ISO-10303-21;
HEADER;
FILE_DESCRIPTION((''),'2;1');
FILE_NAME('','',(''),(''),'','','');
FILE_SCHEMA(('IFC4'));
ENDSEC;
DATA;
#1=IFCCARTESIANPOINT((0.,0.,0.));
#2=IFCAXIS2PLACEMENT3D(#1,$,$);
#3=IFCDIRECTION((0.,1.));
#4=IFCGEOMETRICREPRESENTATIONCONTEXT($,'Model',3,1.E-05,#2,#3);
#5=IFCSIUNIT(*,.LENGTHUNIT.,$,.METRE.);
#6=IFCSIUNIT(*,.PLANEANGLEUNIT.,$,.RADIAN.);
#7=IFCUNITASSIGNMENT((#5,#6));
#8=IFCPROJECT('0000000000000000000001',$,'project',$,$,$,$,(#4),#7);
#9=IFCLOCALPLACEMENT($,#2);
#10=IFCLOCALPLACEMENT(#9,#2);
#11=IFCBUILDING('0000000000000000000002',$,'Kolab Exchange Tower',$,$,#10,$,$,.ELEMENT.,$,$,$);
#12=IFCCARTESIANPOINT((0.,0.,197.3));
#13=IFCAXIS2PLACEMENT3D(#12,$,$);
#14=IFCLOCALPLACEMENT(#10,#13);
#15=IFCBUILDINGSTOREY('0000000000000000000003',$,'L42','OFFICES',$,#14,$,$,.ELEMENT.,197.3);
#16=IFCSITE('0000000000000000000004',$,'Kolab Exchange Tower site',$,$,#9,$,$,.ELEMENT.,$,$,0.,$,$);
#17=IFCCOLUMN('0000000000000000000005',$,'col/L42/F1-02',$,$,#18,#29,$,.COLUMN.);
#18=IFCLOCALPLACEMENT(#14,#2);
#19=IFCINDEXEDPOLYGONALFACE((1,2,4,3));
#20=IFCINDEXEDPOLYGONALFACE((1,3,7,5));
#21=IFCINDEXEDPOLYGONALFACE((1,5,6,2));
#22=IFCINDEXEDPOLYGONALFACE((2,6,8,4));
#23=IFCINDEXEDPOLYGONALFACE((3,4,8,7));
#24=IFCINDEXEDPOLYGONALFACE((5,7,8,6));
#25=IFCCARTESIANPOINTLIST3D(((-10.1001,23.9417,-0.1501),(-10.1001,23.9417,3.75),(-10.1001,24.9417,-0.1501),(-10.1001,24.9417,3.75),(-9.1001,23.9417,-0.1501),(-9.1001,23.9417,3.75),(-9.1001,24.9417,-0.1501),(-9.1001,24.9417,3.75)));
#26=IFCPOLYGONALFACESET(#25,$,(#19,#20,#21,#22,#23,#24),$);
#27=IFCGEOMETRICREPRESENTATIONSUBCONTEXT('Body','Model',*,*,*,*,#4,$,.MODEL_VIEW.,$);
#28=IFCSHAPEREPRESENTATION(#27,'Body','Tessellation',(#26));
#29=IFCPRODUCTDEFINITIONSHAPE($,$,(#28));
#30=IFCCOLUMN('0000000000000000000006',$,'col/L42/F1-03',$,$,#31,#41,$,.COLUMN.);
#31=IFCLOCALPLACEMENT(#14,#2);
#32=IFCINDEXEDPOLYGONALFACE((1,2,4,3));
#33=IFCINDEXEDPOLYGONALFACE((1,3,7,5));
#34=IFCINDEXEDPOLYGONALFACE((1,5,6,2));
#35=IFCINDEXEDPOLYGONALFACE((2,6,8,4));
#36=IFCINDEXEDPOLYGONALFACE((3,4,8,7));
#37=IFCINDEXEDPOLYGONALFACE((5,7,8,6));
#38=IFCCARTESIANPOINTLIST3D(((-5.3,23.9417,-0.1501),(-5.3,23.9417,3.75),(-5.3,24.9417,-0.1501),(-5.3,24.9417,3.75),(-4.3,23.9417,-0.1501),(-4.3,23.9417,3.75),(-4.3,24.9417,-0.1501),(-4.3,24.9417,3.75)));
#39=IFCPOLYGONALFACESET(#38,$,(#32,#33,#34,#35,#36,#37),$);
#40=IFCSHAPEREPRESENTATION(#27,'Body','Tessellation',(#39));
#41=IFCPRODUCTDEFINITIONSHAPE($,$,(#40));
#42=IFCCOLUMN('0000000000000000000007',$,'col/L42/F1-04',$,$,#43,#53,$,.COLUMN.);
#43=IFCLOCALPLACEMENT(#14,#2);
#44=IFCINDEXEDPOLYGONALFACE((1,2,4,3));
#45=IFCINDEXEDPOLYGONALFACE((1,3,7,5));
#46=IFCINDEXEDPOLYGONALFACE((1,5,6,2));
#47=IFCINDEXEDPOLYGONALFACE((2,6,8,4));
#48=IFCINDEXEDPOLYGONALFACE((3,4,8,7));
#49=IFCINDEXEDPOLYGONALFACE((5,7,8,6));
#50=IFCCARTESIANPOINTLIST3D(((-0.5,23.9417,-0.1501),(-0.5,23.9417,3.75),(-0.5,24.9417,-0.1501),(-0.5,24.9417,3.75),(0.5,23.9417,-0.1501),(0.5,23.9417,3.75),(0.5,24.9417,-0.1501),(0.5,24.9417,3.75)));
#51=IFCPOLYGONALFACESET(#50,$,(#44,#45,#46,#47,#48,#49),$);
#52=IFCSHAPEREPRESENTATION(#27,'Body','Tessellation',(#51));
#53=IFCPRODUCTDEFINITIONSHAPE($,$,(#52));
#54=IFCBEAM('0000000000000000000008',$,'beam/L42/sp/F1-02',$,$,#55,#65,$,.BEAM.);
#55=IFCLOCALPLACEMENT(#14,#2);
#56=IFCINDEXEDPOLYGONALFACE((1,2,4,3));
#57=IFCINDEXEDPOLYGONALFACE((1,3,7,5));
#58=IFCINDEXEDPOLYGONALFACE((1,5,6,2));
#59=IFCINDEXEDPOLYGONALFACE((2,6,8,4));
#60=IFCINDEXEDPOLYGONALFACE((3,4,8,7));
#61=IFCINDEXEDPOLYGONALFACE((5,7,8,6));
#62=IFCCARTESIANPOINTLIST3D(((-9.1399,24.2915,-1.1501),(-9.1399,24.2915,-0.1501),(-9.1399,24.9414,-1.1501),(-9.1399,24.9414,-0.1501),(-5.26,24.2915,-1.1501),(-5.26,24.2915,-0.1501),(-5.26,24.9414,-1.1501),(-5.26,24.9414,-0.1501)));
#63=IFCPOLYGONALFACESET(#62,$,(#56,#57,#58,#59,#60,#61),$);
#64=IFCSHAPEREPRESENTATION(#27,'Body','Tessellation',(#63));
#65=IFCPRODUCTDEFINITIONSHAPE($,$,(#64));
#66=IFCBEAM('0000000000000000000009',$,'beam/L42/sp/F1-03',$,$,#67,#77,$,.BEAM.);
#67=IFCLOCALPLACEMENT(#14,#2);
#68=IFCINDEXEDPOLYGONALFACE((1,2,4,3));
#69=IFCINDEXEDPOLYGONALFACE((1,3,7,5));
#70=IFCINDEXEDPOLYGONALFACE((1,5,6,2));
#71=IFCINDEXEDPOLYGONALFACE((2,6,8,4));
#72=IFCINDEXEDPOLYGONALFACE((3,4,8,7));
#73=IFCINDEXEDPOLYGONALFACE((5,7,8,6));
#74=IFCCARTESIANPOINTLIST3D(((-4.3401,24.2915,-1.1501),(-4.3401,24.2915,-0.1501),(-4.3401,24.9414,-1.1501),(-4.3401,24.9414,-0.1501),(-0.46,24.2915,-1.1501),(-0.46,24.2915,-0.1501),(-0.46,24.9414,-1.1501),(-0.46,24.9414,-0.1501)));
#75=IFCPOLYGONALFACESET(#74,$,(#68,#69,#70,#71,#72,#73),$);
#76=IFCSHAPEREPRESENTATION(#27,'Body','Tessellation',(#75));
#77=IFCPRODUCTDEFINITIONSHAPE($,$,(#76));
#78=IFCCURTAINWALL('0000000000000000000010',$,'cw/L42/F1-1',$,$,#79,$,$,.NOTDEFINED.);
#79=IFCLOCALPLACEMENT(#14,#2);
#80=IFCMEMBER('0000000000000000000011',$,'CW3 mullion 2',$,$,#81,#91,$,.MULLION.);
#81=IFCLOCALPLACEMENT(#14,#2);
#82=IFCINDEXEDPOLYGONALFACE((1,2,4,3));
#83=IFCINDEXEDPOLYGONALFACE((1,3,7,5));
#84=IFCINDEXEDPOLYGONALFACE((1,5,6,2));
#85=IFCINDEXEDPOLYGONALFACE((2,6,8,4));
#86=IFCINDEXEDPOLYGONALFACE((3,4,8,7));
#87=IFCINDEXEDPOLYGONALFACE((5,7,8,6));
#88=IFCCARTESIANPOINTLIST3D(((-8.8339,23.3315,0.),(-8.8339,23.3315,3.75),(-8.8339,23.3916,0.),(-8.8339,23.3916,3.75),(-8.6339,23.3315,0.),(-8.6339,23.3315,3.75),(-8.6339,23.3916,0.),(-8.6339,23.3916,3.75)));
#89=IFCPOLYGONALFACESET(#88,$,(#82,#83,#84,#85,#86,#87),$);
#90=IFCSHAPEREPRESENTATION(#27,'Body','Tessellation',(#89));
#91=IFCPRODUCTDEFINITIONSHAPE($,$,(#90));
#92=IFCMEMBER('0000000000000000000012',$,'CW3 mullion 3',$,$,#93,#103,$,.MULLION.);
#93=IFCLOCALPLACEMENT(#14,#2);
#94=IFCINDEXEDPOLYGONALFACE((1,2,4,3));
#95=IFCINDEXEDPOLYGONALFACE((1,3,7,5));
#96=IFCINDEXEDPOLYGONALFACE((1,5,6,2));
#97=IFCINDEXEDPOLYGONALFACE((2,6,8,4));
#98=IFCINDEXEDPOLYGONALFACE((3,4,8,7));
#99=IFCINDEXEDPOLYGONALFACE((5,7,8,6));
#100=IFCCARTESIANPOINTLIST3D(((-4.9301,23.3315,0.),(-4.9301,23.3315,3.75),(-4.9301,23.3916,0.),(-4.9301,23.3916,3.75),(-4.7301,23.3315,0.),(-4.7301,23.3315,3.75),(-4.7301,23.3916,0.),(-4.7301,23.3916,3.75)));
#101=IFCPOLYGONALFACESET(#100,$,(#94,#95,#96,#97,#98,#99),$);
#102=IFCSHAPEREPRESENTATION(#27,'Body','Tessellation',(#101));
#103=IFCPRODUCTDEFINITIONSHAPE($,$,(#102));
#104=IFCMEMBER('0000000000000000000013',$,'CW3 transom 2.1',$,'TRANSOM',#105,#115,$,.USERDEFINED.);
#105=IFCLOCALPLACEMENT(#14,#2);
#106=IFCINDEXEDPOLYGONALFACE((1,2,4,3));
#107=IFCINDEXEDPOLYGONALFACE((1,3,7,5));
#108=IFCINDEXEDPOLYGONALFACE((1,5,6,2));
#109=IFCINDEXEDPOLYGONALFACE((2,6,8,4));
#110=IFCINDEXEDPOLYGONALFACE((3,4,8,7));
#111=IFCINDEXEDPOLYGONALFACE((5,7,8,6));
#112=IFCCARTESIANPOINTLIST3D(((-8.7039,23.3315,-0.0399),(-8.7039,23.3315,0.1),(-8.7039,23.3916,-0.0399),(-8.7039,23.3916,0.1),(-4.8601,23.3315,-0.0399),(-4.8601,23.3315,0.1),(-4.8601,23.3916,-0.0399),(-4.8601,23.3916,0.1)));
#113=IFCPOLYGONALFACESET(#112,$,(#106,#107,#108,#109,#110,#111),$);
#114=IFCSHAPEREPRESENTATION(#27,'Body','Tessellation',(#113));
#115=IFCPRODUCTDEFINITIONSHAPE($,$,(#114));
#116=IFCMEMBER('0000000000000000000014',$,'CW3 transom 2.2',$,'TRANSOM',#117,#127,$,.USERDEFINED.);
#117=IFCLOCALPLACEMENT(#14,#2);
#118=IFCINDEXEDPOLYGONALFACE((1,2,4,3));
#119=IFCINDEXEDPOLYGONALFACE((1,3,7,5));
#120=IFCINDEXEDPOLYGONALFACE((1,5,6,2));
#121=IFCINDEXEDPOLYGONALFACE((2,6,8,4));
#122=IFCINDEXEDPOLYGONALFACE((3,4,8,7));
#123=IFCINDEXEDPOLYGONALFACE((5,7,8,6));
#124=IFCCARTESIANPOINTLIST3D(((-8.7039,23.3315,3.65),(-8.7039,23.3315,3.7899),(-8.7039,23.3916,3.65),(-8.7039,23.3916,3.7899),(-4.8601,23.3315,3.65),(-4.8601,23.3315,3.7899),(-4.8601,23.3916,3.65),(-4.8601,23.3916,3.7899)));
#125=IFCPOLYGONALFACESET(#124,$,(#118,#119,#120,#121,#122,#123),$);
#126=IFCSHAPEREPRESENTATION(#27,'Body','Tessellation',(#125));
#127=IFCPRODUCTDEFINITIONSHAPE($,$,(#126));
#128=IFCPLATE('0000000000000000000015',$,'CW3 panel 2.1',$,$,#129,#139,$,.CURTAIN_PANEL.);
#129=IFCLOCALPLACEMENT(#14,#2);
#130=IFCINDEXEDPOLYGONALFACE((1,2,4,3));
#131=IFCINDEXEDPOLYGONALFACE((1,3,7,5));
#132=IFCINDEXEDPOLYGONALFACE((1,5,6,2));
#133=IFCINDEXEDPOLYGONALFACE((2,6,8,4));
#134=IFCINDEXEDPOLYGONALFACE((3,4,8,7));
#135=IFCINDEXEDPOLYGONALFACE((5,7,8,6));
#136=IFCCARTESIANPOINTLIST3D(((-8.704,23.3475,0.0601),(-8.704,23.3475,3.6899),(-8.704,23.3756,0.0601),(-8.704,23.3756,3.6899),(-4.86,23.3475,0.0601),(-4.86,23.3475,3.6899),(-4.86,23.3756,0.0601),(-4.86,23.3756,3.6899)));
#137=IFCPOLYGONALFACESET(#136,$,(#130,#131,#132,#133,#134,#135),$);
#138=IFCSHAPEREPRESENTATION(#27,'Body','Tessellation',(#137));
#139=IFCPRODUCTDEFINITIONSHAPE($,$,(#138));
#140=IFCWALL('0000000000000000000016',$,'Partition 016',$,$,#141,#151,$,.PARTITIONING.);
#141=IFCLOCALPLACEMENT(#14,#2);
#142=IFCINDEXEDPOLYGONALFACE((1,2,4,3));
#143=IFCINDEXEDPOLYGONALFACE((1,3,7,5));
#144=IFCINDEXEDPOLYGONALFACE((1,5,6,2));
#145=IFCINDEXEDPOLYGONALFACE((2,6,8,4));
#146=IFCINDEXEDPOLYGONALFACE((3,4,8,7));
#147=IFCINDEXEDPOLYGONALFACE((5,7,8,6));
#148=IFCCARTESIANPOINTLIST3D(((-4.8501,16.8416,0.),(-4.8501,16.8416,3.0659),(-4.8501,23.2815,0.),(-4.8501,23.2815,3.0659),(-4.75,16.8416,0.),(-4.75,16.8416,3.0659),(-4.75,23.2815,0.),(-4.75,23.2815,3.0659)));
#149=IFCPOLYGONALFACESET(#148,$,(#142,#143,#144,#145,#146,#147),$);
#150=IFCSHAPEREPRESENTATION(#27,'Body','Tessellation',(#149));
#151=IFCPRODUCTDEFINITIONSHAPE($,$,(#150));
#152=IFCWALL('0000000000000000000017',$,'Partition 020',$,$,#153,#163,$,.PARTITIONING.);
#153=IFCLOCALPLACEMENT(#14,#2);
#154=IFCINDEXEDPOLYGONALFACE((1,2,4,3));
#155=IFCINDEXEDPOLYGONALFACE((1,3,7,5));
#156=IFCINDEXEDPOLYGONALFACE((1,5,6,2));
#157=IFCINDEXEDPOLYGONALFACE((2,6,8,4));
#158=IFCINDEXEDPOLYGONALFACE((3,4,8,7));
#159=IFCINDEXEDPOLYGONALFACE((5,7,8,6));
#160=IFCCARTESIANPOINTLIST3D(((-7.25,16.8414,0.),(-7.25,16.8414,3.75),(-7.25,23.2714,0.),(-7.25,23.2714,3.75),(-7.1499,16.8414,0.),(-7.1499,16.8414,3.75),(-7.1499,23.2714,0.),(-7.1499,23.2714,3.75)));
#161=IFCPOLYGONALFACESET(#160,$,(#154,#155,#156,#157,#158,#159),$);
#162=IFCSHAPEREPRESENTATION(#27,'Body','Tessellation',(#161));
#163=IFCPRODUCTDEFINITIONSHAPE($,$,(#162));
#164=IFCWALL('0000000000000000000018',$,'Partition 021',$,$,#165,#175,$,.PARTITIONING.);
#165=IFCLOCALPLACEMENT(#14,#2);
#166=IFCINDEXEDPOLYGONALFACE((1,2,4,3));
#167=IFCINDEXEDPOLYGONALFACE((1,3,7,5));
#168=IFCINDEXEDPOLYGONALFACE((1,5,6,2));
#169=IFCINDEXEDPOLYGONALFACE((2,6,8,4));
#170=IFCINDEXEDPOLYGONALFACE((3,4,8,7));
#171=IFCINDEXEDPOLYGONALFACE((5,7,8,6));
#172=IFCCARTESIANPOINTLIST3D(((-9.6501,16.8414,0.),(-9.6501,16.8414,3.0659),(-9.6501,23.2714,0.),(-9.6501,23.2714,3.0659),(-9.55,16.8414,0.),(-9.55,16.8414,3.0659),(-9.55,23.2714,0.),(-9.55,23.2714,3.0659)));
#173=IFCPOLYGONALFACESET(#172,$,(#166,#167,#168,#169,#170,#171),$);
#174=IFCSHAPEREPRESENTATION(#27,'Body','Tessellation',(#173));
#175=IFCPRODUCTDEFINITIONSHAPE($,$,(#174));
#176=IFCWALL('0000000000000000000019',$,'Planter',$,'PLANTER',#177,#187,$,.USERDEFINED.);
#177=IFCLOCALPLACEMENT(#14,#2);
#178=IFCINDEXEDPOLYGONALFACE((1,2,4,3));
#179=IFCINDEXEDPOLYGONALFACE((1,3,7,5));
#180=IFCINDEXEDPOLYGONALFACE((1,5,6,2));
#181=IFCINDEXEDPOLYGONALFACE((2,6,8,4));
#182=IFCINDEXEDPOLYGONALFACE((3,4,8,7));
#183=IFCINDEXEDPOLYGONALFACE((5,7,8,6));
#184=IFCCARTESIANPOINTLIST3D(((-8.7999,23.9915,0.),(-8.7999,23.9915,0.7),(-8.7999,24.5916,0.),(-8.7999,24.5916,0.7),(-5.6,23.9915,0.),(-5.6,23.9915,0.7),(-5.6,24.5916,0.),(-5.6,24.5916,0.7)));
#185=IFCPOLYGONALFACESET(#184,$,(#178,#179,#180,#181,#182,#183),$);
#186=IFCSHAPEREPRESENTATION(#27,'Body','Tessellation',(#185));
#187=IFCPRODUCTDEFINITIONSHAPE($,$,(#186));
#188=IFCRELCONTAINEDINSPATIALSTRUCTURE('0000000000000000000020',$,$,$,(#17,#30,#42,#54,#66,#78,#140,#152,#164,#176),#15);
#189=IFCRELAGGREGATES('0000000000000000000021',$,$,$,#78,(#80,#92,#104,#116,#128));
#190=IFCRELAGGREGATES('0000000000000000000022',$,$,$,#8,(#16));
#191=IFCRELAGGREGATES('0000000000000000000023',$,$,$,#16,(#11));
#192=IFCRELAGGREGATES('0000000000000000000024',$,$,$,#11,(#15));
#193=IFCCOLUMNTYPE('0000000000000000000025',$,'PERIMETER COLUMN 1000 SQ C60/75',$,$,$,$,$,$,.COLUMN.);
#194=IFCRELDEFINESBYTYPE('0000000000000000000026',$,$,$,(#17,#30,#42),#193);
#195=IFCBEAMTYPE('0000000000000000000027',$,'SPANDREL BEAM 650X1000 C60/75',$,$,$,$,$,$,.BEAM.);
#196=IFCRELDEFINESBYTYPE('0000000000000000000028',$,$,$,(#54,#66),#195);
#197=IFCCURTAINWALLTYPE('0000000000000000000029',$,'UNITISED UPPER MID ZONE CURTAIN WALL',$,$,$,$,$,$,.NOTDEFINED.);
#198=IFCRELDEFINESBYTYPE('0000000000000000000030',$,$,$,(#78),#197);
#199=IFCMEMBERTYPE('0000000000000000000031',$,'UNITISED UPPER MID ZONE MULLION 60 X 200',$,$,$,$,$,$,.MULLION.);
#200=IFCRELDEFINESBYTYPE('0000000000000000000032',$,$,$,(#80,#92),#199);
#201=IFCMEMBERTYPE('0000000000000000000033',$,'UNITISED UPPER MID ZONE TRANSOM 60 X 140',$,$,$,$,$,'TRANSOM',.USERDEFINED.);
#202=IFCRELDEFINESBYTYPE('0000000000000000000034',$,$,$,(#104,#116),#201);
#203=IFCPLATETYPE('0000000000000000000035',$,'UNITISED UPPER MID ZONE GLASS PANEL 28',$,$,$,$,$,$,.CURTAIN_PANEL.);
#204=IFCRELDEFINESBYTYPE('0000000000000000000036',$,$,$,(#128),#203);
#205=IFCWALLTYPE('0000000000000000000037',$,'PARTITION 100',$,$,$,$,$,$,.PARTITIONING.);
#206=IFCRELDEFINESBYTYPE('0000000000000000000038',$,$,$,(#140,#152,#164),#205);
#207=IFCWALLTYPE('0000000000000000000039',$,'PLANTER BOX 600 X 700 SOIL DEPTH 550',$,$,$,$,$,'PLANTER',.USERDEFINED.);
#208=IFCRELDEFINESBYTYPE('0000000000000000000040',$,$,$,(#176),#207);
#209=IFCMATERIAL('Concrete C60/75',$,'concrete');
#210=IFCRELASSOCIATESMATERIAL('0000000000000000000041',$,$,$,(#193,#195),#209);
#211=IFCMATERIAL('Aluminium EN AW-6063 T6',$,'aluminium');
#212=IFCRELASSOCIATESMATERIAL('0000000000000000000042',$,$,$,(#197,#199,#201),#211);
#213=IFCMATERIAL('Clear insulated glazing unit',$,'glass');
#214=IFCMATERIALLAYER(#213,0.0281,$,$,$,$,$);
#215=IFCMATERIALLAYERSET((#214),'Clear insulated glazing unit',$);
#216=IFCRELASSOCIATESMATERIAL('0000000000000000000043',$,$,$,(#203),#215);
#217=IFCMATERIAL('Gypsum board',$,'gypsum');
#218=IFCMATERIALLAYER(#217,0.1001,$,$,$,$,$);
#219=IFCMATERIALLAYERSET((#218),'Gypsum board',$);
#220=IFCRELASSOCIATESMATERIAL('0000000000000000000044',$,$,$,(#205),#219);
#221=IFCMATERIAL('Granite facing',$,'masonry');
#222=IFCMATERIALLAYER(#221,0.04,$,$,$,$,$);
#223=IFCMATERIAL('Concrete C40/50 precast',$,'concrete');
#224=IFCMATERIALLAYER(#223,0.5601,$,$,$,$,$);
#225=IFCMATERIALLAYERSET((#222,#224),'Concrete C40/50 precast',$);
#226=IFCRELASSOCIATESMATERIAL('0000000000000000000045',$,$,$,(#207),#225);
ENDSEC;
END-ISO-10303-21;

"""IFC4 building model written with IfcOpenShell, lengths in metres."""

from ifc_helpers import new_model, si_unit, direction, frame, frame_2d, origin, origin_2d, place, context, subcontext, project, spatial, rectangle, extrude, material, layer, layer_set, material_profile, profile_set, type_object, element, aggregate, save


model = new_model("IFC4")

# Units and contexts
model_context = context("Model", 3, precision=1e-05, world=origin(), true_north=direction((0.0, 1.0)))
body_context = subcontext(model_context, "Body", "Model", "MODEL_VIEW")
ifc_project = project(units=[si_unit("LENGTHUNIT", "METRE"), si_unit("PLANEANGLEUNIT", "RADIAN")], contexts=[model_context])

# Site, building, storey
site_placement = place(None, origin())
site = spatial("IfcSite", under=ifc_project, at=site_placement, Name="Kolab Exchange Tower site", CompositionType="ELEMENT", RefElevation=0.0)
building_placement = place(site_placement, origin())
building = spatial("IfcBuilding", under=site, at=building_placement, Name="Kolab Exchange Tower", CompositionType="ELEMENT")
storey_placement = place(building_placement, frame((0.0, 0.0, 197.3)))
storey = spatial("IfcBuildingStorey", under=building, at=storey_placement, Name="L42", Description="OFFICES", CompositionType="ELEMENT", Elevation=197.3)

# Columns
ifc_material_1 = material(Name="Concrete C60/75", Category="concrete")
ifc_material_profile_1 = material_profile(ifc_material_1, rectangle(XDim=1.0, YDim=1.0, at=origin_2d()), Name="RC1000")
ifc_profile_set_1 = profile_set([ifc_material_profile_1], Name="Concrete C60/75")
column_type = type_object("IfcColumnType", Name="PERIMETER COLUMN 1000 SQ C60/75", PredefinedType="COLUMN", material=ifc_profile_set_1)
for number, where, z_axis, x_axis, name in (
    (1, (-9.6001, 24.4417, -0.1501), (0.0, 0.0, 1.0), (1.0, 0.0, 0.0), "col/L42/F1-02"),
    (2, (-4.8, 24.4417, -0.1501), (0.0, 0.0, 1.0), (1.0, 0.0, 0.0), "col/L42/F1-03"),
    (3, (0.0, 24.4417, -0.1501), (0.0, 0.0, 1.0), (1.0, 0.0, 0.0), "col/L42/F1-04"),
):
    element("IfcColumn", number, at=place(storey_placement, frame(where, z_axis=z_axis, x_axis=x_axis)), inside=storey, type_object=column_type, Name=name, PredefinedType="COLUMN", context=body_context, shape_type="SweptSolid", body=[
        extrude(rectangle(XDim=1.0, YDim=1.0, at=origin_2d()), origin(), (0.0, 0.0, 1.0), 3.9001),
    ])

# Beams
ifc_material_profile_2 = material_profile(ifc_material_1, rectangle(XDim=0.6499, YDim=1.0, at=origin_2d()), Name="RC650X1000")
ifc_profile_set_2 = profile_set([ifc_material_profile_2], Name="Concrete C60/75")
beam_type = type_object("IfcBeamType", Name="SPANDREL BEAM 650X1000 C60/75", PredefinedType="BEAM", material=ifc_profile_set_2)
beam_1_placement = place(storey_placement, frame((-9.1399, 24.6165, -0.6501), z_axis=(1.0, 0.0, 0.0), x_axis=(0.0, 1.0, 0.0)))
element("IfcBeam", 4, at=beam_1_placement, inside=storey, type_object=beam_type, Name="beam/L42/sp/F1-02", PredefinedType="BEAM", context=body_context, shape_type="SweptSolid", body=[
    extrude(rectangle(XDim=0.6499, YDim=1.0, at=origin_2d()), origin(), (0.0, 0.0, 1.0), 3.8799),
])
beam_2_placement = place(storey_placement, frame((-4.3401, 24.6165, -0.6501), z_axis=(1.0, 0.0, 0.0), x_axis=(0.0, 1.0, 0.0)))
element("IfcBeam", 5, at=beam_2_placement, inside=storey, type_object=beam_type, Name="beam/L42/sp/F1-03", PredefinedType="BEAM", context=body_context, shape_type="SweptSolid", body=[
    extrude(rectangle(XDim=0.6499, YDim=1.0, at=origin_2d()), origin(), (0.0, 0.0, 1.0), 3.8801),
])

# Curtain wall, members, plate
ifc_material_2 = material(Name="Aluminium EN AW-6063 T6", Category="aluminium")
curtain_wall_type = type_object("IfcCurtainWallType", Name="UNITISED UPPER MID ZONE CURTAIN WALL", PredefinedType="NOTDEFINED", material=ifc_material_2)
curtain_wall_placement = place(storey_placement, origin())
curtain_wall = element("IfcCurtainWall", 6, at=curtain_wall_placement, inside=storey, type_object=curtain_wall_type, Name="cw/L42/F1-1", PredefinedType="NOTDEFINED")
ifc_material_profile_3 = material_profile(ifc_material_2, rectangle(XDim=0.0601, YDim=0.2, at=origin_2d()), Name="RECT 60X200")
ifc_profile_set_3 = profile_set([ifc_material_profile_3], Name="Aluminium EN AW-6063 T6")
member_type_1 = type_object("IfcMemberType", Name="UNITISED UPPER MID ZONE MULLION 60 X 200", PredefinedType="MULLION", material=ifc_profile_set_3)
member_1_placement = place(storey_placement, frame((-8.7339, 23.3616, 0.0), z_axis=(0.0, 0.0, 1.0), x_axis=(0.0, 1.0, 0.0)))
member_1 = element("IfcMember", 7, at=member_1_placement, type_object=member_type_1, Name="CW3 mullion 2", PredefinedType="MULLION", context=body_context, shape_type="SweptSolid", body=[
    extrude(rectangle(XDim=0.0601, YDim=0.2, at=origin_2d()), origin(), (0.0, 0.0, 1.0), 3.75),
])
member_2_placement = place(storey_placement, frame((-4.8301, 23.3616, 0.0), z_axis=(0.0, 0.0, 1.0), x_axis=(0.0, 1.0, 0.0)))
member_2 = element("IfcMember", 8, at=member_2_placement, type_object=member_type_1, Name="CW3 mullion 3", PredefinedType="MULLION", context=body_context, shape_type="SweptSolid", body=[
    extrude(rectangle(XDim=0.0601, YDim=0.2, at=origin_2d()), origin(), (0.0, 0.0, 1.0), 3.75),
])
ifc_material_profile_4 = material_profile(ifc_material_2, rectangle(XDim=0.0601, YDim=0.1399, at=origin_2d()), Name="RECT 60X140")
ifc_profile_set_4 = profile_set([ifc_material_profile_4], Name="Aluminium EN AW-6063 T6")
member_type_2 = type_object("IfcMemberType", Name="UNITISED UPPER MID ZONE TRANSOM 60 X 140", ElementType="TRANSOM", PredefinedType="USERDEFINED", material=ifc_profile_set_4)
member_3_placement = place(storey_placement, frame((-8.7039, 23.3616, 0.03), z_axis=(1.0, 0.0, 0.0), x_axis=(0.0, 1.0, 0.0)))
member_3 = element("IfcMember", 9, at=member_3_placement, type_object=member_type_2, Name="CW3 transom 2.1", ObjectType="TRANSOM", PredefinedType="USERDEFINED", context=body_context, shape_type="SweptSolid", body=[
    extrude(rectangle(XDim=0.0601, YDim=0.1399, at=origin_2d()), origin(), (0.0, 0.0, 1.0), 3.8438),
])
member_4_placement = place(storey_placement, frame((-8.7039, 23.3616, 3.72), z_axis=(1.0, 0.0, 0.0), x_axis=(0.0, 1.0, 0.0)))
member_4 = element("IfcMember", 10, at=member_4_placement, type_object=member_type_2, Name="CW3 transom 2.2", ObjectType="TRANSOM", PredefinedType="USERDEFINED", context=body_context, shape_type="SweptSolid", body=[
    extrude(rectangle(XDim=0.0601, YDim=0.1399, at=origin_2d()), origin(), (0.0, 0.0, 1.0), 3.8438),
])
ifc_material_3 = material(Name="Clear insulated glazing unit", Category="glass")
ifc_layer_1 = layer(ifc_material_3, 0.0281)
ifc_layer_set_1 = layer_set([ifc_layer_1], Name="Clear insulated glazing unit")
plate_type = type_object("IfcPlateType", Name="UNITISED UPPER MID ZONE GLASS PANEL 28", PredefinedType="CURTAIN_PANEL", material=ifc_layer_set_1)
plate_placement = place(storey_placement, frame((-6.782, 23.3616, 0.0601), z_axis=(0.0, 0.0, 1.0), x_axis=(1.0, 0.0, 0.0)))
plate = element("IfcPlate", 11, at=plate_placement, type_object=plate_type, Name="CW3 panel 2.1", PredefinedType="CURTAIN_PANEL", context=body_context, shape_type="SweptSolid", body=[
    extrude(rectangle(XDim=3.844, YDim=0.0281, at=origin_2d()), origin(), (0.0, 0.0, 1.0), 3.6299),
])
aggregate(curtain_wall, [member_1, member_2, member_3, member_4, plate])

# Walls
ifc_material_4 = material(Name="Gypsum board", Category="gypsum")
ifc_layer_2 = layer(ifc_material_4, 0.1001)
ifc_layer_set_2 = layer_set([ifc_layer_2], Name="Gypsum board")
wall_type_1 = type_object("IfcWallType", Name="PARTITION 100", PredefinedType="PARTITIONING", material=ifc_layer_set_2)
wall_1_placement = place(storey_placement, frame((-4.8, 16.8416, 0.0), z_axis=(0.0, 0.0, 1.0), x_axis=(0.0, 1.0, 0.0)))
element("IfcWall", 12, at=wall_1_placement, inside=storey, type_object=wall_type_1, Name="Partition 016", PredefinedType="PARTITIONING", context=body_context, shape_type="SweptSolid", body=[
    extrude(rectangle(XDim=6.4399, YDim=0.1001, at=frame_2d((3.22, 0.0))), origin(), (0.0, 0.0, 1.0), 3.0659),
])
wall_2_placement = place(storey_placement, frame((-7.2, 16.8416, 0.0), z_axis=(0.0, 0.0, 1.0), x_axis=(0.0, 1.0, 0.0)))
element("IfcWall", 13, at=wall_2_placement, inside=storey, type_object=wall_type_1, Name="Partition 020", PredefinedType="PARTITIONING", context=body_context, shape_type="SweptSolid", body=[
    extrude(rectangle(XDim=6.4299, YDim=0.1001, at=frame_2d((3.2148, 0.0))), origin(), (0.0, 0.0, 1.0), 3.75),
])
wall_3_placement = place(storey_placement, frame((-9.6001, 16.8416, 0.0), z_axis=(0.0, 0.0, 1.0), x_axis=(0.0, 1.0, 0.0)))
element("IfcWall", 14, at=wall_3_placement, inside=storey, type_object=wall_type_1, Name="Partition 021", PredefinedType="PARTITIONING", context=body_context, shape_type="SweptSolid", body=[
    extrude(rectangle(XDim=6.4299, YDim=0.1001, at=frame_2d((3.2148, 0.0))), origin(), (0.0, 0.0, 1.0), 3.0659),
])
ifc_material_5 = material(Name="Granite facing", Category="masonry")
ifc_layer_3 = layer(ifc_material_5, 0.04)
ifc_material_6 = material(Name="Concrete C40/50 precast", Category="concrete")
ifc_layer_4 = layer(ifc_material_6, 0.5601)
ifc_layer_set_3 = layer_set([ifc_layer_3, ifc_layer_4], Name="Concrete C40/50 precast")
wall_type_2 = type_object("IfcWallType", Name="PLANTER BOX 600 X 700 SOIL DEPTH 550", ElementType="PLANTER", PredefinedType="USERDEFINED", material=ifc_layer_set_3)
wall_4_placement = place(storey_placement, frame((-8.8, 24.2915, 0.0), z_axis=(0.0, 0.0, 1.0), x_axis=(1.0, 0.0, 0.0)))
element("IfcWall", 15, at=wall_4_placement, inside=storey, type_object=wall_type_2, Name="Planter", ObjectType="PLANTER", PredefinedType="USERDEFINED", context=body_context, shape_type="SweptSolid", body=[
    extrude(rectangle(XDim=3.2, YDim=0.6001, at=frame_2d((1.6001, 0.0))), origin(), (0.0, 0.0, 1.0), 0.7),
])

save(model, "model.ifc")
